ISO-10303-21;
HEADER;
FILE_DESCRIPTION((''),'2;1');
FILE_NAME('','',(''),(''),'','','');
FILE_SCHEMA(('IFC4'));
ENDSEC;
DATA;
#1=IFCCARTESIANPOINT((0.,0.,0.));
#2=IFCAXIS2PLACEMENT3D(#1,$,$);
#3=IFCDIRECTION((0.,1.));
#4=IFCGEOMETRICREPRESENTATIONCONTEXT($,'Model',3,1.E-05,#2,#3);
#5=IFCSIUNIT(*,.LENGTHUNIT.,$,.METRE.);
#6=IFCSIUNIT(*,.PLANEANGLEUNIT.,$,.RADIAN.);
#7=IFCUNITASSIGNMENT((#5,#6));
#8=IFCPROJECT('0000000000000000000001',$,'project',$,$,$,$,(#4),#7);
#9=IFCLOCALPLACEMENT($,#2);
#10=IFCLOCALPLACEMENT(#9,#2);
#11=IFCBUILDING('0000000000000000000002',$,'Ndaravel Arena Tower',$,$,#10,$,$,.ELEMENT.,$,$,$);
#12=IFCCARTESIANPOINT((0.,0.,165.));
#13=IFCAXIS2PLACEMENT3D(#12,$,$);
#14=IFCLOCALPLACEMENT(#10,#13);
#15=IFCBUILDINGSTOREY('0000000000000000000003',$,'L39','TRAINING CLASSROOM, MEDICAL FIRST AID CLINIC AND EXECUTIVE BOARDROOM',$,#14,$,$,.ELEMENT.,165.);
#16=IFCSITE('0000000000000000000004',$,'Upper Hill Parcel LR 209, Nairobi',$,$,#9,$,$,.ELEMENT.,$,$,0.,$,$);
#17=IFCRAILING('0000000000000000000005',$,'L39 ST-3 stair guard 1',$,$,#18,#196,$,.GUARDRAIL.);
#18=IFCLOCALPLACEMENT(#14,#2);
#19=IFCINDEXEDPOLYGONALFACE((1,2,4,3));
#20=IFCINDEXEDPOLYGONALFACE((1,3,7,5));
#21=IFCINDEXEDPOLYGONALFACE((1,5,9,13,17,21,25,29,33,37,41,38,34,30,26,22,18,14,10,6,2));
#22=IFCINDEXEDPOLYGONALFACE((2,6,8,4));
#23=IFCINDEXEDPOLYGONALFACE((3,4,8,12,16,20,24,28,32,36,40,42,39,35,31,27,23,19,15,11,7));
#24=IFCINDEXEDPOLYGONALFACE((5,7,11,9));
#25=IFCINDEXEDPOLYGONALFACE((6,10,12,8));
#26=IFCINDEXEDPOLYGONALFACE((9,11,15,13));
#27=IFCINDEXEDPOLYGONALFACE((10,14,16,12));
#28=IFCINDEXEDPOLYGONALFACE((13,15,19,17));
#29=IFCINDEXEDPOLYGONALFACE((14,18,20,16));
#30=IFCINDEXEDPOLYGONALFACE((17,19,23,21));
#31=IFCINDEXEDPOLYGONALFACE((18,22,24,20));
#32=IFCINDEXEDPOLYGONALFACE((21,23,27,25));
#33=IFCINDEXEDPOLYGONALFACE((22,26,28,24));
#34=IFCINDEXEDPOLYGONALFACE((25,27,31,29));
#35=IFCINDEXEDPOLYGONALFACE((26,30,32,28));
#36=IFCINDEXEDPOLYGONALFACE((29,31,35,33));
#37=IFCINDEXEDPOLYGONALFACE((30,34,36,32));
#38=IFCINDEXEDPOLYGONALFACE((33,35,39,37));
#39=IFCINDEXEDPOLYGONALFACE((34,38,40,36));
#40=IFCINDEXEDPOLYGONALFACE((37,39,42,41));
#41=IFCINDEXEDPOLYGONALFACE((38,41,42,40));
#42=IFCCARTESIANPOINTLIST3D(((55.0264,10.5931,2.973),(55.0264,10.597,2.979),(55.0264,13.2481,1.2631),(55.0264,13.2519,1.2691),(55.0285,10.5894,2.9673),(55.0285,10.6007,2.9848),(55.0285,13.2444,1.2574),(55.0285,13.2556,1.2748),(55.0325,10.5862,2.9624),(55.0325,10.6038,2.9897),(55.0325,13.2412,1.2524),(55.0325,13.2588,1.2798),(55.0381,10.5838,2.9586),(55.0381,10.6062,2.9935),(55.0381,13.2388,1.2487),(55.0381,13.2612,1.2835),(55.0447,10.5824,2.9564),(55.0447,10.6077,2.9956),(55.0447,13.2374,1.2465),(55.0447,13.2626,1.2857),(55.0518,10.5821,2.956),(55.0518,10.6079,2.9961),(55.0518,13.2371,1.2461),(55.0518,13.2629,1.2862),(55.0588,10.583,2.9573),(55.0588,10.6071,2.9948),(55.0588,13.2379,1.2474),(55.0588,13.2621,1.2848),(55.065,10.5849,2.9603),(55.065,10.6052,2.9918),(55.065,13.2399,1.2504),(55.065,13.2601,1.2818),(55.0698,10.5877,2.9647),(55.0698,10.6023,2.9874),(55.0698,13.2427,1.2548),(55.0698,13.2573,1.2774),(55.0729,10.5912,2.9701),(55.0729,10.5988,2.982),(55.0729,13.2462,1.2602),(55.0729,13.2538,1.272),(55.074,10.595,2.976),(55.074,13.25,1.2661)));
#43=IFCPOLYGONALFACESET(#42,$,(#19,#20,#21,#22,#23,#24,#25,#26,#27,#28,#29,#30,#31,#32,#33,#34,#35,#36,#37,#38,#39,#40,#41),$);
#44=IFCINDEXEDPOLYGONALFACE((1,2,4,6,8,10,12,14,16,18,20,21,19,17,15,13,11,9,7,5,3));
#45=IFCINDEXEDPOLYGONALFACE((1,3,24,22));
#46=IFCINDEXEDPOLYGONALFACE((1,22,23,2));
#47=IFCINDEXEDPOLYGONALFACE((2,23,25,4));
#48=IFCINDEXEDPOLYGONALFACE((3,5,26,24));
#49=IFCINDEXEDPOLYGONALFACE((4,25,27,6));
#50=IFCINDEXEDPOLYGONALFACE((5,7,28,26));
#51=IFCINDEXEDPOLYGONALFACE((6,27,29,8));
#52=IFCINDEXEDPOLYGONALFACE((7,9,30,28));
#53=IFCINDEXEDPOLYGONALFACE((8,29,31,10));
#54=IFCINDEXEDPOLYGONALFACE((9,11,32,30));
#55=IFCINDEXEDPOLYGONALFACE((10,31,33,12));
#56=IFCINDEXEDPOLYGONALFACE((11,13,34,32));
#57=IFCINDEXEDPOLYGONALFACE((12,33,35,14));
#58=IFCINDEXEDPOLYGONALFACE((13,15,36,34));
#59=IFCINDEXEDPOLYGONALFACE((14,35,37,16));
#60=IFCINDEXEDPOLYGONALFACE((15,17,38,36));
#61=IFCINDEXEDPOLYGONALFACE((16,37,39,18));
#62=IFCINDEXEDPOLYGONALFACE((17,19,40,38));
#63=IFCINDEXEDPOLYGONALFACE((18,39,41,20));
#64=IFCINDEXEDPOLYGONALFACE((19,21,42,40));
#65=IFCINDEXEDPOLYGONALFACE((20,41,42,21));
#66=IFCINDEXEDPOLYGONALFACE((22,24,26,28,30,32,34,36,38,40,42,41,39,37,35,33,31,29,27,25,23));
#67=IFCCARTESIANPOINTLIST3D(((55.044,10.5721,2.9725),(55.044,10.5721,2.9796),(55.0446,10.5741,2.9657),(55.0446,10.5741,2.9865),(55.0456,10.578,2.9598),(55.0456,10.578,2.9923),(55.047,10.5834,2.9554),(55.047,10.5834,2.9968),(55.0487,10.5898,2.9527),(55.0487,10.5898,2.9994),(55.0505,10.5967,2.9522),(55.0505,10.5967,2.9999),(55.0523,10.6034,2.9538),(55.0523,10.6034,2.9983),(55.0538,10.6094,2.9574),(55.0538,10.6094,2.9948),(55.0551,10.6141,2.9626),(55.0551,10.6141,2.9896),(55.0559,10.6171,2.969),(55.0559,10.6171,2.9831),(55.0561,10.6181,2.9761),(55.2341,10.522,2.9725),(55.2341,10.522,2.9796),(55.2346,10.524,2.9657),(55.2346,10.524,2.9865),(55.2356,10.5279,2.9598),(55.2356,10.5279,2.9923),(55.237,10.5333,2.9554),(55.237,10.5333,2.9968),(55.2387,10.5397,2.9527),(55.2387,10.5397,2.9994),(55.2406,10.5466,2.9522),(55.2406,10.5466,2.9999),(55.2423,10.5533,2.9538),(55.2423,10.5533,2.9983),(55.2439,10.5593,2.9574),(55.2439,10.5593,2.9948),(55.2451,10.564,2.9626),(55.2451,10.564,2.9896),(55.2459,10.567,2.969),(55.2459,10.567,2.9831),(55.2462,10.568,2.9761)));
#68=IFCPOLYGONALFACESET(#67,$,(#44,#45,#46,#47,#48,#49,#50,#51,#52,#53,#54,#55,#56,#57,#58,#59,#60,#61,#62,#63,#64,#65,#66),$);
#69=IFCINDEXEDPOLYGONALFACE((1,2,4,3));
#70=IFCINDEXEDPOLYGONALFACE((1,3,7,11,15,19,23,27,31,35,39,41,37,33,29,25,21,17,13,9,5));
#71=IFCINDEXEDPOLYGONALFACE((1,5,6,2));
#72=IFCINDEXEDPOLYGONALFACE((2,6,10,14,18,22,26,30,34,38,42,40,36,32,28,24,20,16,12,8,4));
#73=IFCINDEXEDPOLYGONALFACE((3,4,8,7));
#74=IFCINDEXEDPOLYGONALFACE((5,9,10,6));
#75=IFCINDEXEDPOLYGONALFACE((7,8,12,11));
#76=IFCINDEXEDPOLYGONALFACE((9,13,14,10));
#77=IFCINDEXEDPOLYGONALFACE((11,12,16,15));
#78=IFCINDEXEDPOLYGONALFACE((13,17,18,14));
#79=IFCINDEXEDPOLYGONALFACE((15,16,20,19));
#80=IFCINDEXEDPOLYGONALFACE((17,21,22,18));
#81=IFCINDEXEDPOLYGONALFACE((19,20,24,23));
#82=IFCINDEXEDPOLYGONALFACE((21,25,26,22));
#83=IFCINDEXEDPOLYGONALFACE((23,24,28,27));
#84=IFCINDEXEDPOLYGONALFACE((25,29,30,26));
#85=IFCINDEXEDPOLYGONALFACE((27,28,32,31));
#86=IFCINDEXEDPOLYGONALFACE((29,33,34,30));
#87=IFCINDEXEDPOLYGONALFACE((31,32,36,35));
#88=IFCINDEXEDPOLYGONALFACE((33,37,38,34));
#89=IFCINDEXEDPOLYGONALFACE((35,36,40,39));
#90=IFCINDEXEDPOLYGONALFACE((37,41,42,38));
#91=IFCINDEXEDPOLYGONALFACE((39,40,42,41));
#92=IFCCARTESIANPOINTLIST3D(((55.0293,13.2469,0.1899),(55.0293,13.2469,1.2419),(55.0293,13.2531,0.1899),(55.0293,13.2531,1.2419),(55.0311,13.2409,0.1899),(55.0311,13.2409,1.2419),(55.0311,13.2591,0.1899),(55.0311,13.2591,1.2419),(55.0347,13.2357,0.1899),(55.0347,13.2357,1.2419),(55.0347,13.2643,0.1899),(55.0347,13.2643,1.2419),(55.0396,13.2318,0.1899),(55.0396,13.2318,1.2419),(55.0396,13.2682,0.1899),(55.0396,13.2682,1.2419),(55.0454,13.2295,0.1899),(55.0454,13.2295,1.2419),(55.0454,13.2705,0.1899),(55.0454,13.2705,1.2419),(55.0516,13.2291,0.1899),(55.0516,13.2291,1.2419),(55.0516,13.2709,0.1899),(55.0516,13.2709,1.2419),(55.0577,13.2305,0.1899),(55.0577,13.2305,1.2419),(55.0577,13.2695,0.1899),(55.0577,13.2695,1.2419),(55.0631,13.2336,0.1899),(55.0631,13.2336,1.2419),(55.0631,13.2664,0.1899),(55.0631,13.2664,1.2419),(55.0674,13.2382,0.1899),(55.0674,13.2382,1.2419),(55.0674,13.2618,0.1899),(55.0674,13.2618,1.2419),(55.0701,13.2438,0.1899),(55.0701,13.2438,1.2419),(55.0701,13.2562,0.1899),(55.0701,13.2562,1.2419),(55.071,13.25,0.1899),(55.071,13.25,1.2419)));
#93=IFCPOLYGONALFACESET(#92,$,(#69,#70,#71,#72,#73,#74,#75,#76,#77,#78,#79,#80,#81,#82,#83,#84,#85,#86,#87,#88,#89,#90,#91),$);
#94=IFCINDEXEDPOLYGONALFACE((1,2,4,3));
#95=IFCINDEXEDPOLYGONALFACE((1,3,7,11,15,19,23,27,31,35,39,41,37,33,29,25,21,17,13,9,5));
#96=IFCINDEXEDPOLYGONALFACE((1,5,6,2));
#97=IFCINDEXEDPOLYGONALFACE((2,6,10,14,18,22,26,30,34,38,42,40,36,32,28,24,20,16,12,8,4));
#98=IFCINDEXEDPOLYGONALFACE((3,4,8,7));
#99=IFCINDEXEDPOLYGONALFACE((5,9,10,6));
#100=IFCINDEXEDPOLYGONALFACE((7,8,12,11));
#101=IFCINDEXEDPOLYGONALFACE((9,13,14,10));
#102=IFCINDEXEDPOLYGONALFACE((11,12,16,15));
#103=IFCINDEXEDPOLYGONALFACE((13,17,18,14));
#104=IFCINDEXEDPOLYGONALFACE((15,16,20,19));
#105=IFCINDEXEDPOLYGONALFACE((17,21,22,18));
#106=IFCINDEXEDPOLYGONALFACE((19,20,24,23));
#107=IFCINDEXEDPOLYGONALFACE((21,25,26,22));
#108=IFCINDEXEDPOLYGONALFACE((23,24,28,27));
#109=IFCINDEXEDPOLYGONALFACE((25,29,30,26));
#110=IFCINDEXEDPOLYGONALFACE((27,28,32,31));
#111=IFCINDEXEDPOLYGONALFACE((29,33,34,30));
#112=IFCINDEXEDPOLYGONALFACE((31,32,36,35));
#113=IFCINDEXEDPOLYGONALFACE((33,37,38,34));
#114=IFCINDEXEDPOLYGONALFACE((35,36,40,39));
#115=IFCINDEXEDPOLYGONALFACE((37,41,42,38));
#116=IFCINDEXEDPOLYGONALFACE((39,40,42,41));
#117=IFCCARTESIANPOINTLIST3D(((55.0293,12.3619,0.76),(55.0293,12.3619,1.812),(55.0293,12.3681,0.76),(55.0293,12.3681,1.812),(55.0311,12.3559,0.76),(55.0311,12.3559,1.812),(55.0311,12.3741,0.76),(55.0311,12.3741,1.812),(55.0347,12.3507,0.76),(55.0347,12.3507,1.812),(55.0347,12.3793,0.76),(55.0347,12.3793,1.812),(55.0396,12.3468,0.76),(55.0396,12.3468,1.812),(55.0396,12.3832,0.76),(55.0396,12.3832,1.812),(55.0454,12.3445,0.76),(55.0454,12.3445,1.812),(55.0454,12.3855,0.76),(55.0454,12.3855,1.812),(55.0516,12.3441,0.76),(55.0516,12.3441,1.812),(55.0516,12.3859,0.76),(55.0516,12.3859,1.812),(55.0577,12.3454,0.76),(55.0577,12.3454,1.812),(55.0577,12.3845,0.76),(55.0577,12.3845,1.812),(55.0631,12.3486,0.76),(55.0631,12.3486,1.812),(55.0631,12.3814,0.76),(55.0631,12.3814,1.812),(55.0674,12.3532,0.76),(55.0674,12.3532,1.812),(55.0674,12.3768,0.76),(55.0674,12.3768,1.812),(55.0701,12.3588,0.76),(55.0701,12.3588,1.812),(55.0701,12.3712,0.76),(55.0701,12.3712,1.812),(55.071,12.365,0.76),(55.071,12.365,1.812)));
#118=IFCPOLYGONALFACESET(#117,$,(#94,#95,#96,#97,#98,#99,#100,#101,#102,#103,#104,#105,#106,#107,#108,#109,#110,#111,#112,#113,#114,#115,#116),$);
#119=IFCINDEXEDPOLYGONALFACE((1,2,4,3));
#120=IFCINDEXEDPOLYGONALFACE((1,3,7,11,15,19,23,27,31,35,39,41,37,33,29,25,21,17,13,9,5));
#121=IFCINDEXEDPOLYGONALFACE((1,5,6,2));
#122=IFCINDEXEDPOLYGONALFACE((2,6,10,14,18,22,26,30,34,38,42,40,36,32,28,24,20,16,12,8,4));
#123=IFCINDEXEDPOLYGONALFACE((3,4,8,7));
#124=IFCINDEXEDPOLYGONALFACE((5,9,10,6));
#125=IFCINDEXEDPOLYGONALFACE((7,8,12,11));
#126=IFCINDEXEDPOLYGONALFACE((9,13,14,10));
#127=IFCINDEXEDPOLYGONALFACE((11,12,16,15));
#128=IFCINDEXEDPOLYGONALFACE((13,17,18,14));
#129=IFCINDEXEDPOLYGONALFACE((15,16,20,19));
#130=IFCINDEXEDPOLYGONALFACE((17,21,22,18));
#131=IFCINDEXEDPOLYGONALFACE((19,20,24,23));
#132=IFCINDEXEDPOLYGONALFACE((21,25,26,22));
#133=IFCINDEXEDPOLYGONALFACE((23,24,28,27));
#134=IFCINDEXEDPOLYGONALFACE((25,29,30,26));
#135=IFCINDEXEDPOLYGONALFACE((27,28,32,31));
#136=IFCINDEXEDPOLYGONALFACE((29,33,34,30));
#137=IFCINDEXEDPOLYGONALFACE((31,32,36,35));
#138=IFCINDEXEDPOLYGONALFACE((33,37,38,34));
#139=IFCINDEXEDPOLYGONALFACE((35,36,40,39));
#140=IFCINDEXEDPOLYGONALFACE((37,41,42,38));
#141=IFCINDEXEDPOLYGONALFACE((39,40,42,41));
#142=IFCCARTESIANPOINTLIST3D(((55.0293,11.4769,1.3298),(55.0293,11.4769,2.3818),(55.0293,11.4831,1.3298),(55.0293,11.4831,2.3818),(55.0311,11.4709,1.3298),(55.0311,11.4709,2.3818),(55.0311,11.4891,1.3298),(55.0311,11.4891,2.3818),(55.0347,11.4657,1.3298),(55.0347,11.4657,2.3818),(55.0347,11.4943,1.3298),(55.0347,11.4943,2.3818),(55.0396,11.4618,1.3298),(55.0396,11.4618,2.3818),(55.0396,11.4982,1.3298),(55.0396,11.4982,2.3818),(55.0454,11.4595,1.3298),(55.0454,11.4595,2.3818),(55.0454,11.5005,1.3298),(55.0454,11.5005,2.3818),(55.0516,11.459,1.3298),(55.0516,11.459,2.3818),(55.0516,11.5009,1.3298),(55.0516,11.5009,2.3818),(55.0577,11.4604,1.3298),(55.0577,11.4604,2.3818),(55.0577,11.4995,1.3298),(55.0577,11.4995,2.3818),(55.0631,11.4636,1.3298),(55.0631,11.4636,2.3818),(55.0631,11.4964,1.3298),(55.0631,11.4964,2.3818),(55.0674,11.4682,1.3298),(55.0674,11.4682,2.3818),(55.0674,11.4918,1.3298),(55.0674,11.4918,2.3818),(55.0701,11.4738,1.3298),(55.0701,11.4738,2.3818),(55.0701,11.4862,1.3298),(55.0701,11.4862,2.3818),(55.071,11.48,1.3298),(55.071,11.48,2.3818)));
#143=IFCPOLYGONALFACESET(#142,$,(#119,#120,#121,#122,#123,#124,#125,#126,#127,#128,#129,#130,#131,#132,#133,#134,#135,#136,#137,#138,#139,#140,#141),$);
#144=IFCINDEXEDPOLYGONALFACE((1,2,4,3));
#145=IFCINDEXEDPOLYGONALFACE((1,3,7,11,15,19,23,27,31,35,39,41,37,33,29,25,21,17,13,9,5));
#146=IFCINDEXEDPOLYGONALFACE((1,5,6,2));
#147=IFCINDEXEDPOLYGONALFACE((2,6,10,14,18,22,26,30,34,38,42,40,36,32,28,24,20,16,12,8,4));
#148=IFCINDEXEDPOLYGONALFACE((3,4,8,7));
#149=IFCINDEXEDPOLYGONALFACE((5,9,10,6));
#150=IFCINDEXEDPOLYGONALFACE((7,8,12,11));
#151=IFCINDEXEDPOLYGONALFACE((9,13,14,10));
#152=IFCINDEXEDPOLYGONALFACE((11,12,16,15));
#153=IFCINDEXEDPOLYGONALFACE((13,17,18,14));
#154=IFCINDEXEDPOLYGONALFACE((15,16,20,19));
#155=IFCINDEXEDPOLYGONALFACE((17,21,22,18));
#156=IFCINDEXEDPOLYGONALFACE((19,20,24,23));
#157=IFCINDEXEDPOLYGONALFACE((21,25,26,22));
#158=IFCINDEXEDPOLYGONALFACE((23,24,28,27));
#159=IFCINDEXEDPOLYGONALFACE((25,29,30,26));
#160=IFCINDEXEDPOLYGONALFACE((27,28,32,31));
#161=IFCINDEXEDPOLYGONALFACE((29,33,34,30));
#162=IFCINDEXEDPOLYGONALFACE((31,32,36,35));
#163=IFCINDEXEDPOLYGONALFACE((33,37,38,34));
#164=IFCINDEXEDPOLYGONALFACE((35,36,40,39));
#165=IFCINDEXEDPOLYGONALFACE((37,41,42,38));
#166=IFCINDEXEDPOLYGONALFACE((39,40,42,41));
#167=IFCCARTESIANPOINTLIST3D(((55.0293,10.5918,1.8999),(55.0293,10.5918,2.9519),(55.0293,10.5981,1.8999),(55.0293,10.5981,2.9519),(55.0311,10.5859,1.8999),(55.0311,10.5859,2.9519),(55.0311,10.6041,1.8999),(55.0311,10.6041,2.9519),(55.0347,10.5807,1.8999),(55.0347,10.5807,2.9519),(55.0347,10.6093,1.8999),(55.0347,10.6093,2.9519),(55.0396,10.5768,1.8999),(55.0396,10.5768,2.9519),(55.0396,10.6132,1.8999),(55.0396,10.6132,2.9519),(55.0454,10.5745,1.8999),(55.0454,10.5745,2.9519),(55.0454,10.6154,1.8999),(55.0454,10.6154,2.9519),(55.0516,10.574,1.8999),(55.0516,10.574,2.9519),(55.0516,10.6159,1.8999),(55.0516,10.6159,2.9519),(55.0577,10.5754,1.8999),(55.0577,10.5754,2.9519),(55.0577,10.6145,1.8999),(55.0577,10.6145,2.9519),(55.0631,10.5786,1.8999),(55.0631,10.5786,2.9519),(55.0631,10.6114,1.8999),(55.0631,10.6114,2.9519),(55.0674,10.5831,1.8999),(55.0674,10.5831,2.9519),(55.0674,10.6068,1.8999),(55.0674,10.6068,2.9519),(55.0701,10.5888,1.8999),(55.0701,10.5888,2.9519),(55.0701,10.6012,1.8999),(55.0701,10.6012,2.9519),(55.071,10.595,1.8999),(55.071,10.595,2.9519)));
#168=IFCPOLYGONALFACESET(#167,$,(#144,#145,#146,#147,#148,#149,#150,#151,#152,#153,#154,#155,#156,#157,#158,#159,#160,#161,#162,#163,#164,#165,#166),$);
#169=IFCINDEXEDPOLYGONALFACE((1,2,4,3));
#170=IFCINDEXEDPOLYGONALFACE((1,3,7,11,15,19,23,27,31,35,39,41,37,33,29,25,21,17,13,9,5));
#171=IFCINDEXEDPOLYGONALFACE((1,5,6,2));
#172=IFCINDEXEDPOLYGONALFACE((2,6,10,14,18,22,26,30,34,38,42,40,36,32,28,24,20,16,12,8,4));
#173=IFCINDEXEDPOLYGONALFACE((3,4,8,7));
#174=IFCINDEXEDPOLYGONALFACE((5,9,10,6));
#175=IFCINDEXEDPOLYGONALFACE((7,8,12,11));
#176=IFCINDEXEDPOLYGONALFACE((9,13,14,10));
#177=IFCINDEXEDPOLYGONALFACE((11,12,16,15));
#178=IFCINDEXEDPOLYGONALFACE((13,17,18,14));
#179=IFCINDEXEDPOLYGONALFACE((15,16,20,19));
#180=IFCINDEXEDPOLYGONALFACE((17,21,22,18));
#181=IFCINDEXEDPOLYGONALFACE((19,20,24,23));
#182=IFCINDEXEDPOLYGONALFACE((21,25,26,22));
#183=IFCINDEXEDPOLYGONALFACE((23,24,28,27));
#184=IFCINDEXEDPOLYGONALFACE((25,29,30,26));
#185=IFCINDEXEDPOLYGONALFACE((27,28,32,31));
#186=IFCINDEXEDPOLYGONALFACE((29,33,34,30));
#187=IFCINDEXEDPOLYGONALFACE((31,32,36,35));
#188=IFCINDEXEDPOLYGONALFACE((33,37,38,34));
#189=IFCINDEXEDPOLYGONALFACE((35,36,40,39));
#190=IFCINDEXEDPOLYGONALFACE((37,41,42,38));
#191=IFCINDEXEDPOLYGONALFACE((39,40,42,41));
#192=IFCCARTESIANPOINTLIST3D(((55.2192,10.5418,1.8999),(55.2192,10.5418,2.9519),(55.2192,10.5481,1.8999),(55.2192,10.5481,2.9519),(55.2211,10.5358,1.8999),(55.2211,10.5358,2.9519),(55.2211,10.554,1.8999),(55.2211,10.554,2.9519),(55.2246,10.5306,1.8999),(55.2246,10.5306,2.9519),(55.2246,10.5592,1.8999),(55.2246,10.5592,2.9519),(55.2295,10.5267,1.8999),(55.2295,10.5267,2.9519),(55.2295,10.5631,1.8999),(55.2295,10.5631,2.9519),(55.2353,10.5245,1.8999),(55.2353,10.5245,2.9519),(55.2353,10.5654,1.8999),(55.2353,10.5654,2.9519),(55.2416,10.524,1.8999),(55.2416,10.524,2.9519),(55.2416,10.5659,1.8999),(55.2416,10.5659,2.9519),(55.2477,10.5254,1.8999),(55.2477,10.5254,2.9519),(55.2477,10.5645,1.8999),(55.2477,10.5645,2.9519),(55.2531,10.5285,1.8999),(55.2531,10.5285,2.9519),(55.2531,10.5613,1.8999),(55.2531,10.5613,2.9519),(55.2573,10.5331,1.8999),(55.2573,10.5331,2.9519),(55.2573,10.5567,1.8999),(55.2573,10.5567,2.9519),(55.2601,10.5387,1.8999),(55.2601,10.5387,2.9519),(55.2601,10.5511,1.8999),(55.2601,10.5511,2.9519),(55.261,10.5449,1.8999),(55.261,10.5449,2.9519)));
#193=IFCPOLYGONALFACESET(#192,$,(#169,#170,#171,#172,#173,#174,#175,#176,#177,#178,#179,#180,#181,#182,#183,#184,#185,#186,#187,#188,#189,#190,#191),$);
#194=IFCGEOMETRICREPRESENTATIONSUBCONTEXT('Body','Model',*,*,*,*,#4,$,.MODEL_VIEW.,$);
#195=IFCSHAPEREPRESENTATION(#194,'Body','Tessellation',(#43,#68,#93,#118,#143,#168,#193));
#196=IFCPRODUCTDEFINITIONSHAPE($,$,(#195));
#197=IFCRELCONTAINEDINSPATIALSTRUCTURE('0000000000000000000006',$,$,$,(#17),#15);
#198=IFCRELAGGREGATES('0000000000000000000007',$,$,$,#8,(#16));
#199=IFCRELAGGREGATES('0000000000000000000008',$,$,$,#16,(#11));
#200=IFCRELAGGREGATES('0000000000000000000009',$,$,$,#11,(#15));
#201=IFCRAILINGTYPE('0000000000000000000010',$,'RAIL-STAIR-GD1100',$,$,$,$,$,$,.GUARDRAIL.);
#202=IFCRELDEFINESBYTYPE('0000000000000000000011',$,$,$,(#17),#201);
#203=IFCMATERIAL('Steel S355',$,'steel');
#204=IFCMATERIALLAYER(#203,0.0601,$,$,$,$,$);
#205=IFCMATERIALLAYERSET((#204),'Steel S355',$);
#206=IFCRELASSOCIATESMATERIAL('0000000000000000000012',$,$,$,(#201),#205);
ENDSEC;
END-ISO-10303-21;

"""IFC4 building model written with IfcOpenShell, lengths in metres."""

from ifc_helpers import new_model, si_unit, direction, frame, origin, origin_2d, place, context, subcontext, project, spatial, circle, extrude, material, layer, layer_set, type_object, element, save


model = new_model("IFC4")

# Units and contexts
model_context = context("Model", 3, precision=1e-05, world=origin(), true_north=direction((0.0, 1.0)))
body_context = subcontext(model_context, "Body", "Model", "MODEL_VIEW")
ifc_project = project(units=[si_unit("LENGTHUNIT", "METRE"), si_unit("PLANEANGLEUNIT", "RADIAN")], contexts=[model_context])

# Site, building, storey
site_placement = place(None, origin())
site = spatial("IfcSite", under=ifc_project, at=site_placement, Name="Upper Hill Parcel LR 209, Nairobi", CompositionType="ELEMENT", RefElevation=0.0)
building_placement = place(site_placement, origin())
building = spatial("IfcBuilding", under=site, at=building_placement, Name="Ndaravel Arena Tower", CompositionType="ELEMENT")
storey_placement = place(building_placement, frame((0.0, 0.0, 165.0)))
storey = spatial("IfcBuildingStorey", under=building, at=storey_placement, Name="L39", Description="TRAINING CLASSROOM, MEDICAL FIRST AID CLINIC AND EXECUTIVE BOARDROOM", CompositionType="ELEMENT", Elevation=165.0)

# Railing
ifc_material_1 = material(Name="Steel S355", Category="steel")
ifc_layer_1 = layer(ifc_material_1, 0.0601)
ifc_layer_set_1 = layer_set([ifc_layer_1], Name="Steel S355")
railing_type_1 = type_object("IfcRailingType", Name="RAIL-STAIR-GD1100", PredefinedType="GUARDRAIL", material=ifc_layer_set_1)
railing_1_placement = place(storey_placement, frame((55.05, 13.25, 0.1899)))
element("IfcRailing", 1, at=railing_1_placement, inside=storey, type_object=railing_type_1, Name="L39 ST-3 stair guard 1", PredefinedType="GUARDRAIL", context=body_context, shape_type="SweptSolid", body=[
    extrude(circle(Radius=0.0239, at=origin_2d()), frame((0.0, 0.0, 1.0762), z_axis=(0.0, -0.840724, 0.541465), x_axis=(1.0, 0.0, 0.0)), (0.0, 0.0, 1.0), 3.158),
    extrude(circle(Radius=0.0239, at=origin_2d()), frame((0.0, -2.655, 2.7861), z_axis=(0.966994, -0.254799, 0.0), x_axis=(0.254799, 0.966994, 0.0)), (0.0, 0.0, 1.0), 0.1965),
    extrude(circle(Radius=0.021, at=origin_2d()), origin(), (0.0, 0.0, 1.0), 1.052),
    extrude(circle(Radius=0.021, at=origin_2d()), frame((0.0, -0.885, 0.5701)), (0.0, 0.0, 1.0), 1.052),
    extrude(circle(Radius=0.021, at=origin_2d()), frame((0.0, -1.77, 1.1399)), (0.0, 0.0, 1.0), 1.052),
    extrude(circle(Radius=0.021, at=origin_2d()), frame((0.0, -2.655, 1.71)), (0.0, 0.0, 1.0), 1.052),
    extrude(circle(Radius=0.021, at=origin_2d()), frame((0.1899, -2.7051, 1.71)), (0.0, 0.0, 1.0), 1.052),
])

save(model, "model.ifc")
